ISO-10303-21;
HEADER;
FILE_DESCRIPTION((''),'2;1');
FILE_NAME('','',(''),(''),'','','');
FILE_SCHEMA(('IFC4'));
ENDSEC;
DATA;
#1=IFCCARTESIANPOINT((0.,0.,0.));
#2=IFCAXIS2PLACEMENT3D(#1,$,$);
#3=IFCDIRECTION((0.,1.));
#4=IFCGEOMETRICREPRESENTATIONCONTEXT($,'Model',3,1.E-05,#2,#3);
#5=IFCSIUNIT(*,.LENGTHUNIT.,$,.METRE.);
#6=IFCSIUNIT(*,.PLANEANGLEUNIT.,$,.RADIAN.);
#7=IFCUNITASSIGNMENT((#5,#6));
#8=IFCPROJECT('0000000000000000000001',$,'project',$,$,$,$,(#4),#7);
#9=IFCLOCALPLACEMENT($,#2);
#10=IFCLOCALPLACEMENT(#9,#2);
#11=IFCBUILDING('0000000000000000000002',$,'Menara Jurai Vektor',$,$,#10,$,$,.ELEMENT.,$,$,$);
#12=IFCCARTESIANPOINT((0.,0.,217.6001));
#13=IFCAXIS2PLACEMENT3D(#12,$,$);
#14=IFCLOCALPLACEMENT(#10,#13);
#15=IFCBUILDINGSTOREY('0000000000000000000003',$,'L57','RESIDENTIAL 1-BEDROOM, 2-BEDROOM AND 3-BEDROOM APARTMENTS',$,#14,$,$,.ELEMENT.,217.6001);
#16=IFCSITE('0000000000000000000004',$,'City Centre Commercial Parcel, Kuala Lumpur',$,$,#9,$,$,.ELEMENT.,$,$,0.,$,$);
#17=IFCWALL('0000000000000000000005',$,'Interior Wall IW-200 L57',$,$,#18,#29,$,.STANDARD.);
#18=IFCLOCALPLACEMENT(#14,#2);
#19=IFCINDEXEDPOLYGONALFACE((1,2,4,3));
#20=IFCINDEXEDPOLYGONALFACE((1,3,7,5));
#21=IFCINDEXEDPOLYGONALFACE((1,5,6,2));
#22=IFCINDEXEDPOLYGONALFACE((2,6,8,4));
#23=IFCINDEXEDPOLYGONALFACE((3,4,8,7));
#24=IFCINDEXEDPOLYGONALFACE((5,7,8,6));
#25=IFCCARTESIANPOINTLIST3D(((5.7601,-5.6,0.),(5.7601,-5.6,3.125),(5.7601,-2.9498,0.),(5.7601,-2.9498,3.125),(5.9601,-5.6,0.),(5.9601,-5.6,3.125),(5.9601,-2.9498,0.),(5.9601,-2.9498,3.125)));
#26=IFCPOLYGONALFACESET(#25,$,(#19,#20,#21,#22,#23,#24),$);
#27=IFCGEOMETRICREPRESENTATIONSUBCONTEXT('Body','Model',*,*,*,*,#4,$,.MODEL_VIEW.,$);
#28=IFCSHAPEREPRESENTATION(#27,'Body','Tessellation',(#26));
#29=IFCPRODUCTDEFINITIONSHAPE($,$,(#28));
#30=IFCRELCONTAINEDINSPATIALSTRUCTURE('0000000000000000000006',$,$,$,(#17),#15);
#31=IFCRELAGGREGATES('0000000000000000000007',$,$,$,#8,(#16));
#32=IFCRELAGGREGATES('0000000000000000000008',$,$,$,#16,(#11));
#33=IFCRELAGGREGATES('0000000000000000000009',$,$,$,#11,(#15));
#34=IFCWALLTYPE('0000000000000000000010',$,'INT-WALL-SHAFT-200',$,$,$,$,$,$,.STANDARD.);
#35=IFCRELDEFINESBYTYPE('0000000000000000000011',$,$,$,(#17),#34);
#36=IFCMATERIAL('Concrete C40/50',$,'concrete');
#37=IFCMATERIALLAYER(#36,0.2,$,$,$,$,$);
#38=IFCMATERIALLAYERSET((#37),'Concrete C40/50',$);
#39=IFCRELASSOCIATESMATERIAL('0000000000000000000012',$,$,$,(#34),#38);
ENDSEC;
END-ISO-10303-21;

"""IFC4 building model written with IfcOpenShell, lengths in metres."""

from ifc_helpers import new_model, si_unit, direction, frame, frame_2d, origin, place, context, subcontext, project, spatial, rectangle, extrude, material, layer, layer_set, type_object, element, save


model = new_model("IFC4")

# Units and contexts
model_context = context("Model", 3, precision=1e-05, world=origin(), true_north=direction((0.0, 1.0)))
body_context = subcontext(model_context, "Body", "Model", "MODEL_VIEW")
ifc_project = project(units=[si_unit("LENGTHUNIT", "METRE"), si_unit("PLANEANGLEUNIT", "RADIAN")], contexts=[model_context])

# Site, building, storey
site_placement = place(None, origin())
site = spatial("IfcSite", under=ifc_project, at=site_placement, Name="City Centre Commercial Parcel, Kuala Lumpur", CompositionType="ELEMENT", RefElevation=0.0)
building_placement = place(site_placement, origin())
building = spatial("IfcBuilding", under=site, at=building_placement, Name="Menara Jurai Vektor", CompositionType="ELEMENT")
storey_placement = place(building_placement, frame((0.0, 0.0, 217.6001)))
storey = spatial("IfcBuildingStorey", under=building, at=storey_placement, Name="L57", Description="RESIDENTIAL 1-BEDROOM, 2-BEDROOM AND 3-BEDROOM APARTMENTS", CompositionType="ELEMENT", Elevation=217.6001)

# Shared definitions
ifc_material_1 = material(Name="Concrete C40/50", Category="concrete")

# Shared definitions
ifc_layer_1 = layer(ifc_material_1, 0.2)
ifc_layer_set_1 = layer_set([ifc_layer_1], Name="Concrete C40/50")
wall_type_1 = type_object("IfcWallType", Name="INT-WALL-SHAFT-200", PredefinedType="STANDARD", material=ifc_layer_set_1)

# Wall
wall_1_placement = place(storey_placement, frame((5.8601, -5.6001, 0.0), z_axis=(0.0, 0.0, 1.0), x_axis=(0.0, 1.0, 0.0)))
element("IfcWall", 1, at=wall_1_placement, inside=storey, type_object=wall_type_1, Name="Interior Wall IW-200 L57", PredefinedType="STANDARD", context=body_context, shape_type="SweptSolid", body=[
    extrude(rectangle(XDim=2.6501, YDim=0.2, at=frame_2d((1.3252, 0.0))), origin(), (0.0, 0.0, 1.0), 3.125),
])

save(model, "model.ifc")
